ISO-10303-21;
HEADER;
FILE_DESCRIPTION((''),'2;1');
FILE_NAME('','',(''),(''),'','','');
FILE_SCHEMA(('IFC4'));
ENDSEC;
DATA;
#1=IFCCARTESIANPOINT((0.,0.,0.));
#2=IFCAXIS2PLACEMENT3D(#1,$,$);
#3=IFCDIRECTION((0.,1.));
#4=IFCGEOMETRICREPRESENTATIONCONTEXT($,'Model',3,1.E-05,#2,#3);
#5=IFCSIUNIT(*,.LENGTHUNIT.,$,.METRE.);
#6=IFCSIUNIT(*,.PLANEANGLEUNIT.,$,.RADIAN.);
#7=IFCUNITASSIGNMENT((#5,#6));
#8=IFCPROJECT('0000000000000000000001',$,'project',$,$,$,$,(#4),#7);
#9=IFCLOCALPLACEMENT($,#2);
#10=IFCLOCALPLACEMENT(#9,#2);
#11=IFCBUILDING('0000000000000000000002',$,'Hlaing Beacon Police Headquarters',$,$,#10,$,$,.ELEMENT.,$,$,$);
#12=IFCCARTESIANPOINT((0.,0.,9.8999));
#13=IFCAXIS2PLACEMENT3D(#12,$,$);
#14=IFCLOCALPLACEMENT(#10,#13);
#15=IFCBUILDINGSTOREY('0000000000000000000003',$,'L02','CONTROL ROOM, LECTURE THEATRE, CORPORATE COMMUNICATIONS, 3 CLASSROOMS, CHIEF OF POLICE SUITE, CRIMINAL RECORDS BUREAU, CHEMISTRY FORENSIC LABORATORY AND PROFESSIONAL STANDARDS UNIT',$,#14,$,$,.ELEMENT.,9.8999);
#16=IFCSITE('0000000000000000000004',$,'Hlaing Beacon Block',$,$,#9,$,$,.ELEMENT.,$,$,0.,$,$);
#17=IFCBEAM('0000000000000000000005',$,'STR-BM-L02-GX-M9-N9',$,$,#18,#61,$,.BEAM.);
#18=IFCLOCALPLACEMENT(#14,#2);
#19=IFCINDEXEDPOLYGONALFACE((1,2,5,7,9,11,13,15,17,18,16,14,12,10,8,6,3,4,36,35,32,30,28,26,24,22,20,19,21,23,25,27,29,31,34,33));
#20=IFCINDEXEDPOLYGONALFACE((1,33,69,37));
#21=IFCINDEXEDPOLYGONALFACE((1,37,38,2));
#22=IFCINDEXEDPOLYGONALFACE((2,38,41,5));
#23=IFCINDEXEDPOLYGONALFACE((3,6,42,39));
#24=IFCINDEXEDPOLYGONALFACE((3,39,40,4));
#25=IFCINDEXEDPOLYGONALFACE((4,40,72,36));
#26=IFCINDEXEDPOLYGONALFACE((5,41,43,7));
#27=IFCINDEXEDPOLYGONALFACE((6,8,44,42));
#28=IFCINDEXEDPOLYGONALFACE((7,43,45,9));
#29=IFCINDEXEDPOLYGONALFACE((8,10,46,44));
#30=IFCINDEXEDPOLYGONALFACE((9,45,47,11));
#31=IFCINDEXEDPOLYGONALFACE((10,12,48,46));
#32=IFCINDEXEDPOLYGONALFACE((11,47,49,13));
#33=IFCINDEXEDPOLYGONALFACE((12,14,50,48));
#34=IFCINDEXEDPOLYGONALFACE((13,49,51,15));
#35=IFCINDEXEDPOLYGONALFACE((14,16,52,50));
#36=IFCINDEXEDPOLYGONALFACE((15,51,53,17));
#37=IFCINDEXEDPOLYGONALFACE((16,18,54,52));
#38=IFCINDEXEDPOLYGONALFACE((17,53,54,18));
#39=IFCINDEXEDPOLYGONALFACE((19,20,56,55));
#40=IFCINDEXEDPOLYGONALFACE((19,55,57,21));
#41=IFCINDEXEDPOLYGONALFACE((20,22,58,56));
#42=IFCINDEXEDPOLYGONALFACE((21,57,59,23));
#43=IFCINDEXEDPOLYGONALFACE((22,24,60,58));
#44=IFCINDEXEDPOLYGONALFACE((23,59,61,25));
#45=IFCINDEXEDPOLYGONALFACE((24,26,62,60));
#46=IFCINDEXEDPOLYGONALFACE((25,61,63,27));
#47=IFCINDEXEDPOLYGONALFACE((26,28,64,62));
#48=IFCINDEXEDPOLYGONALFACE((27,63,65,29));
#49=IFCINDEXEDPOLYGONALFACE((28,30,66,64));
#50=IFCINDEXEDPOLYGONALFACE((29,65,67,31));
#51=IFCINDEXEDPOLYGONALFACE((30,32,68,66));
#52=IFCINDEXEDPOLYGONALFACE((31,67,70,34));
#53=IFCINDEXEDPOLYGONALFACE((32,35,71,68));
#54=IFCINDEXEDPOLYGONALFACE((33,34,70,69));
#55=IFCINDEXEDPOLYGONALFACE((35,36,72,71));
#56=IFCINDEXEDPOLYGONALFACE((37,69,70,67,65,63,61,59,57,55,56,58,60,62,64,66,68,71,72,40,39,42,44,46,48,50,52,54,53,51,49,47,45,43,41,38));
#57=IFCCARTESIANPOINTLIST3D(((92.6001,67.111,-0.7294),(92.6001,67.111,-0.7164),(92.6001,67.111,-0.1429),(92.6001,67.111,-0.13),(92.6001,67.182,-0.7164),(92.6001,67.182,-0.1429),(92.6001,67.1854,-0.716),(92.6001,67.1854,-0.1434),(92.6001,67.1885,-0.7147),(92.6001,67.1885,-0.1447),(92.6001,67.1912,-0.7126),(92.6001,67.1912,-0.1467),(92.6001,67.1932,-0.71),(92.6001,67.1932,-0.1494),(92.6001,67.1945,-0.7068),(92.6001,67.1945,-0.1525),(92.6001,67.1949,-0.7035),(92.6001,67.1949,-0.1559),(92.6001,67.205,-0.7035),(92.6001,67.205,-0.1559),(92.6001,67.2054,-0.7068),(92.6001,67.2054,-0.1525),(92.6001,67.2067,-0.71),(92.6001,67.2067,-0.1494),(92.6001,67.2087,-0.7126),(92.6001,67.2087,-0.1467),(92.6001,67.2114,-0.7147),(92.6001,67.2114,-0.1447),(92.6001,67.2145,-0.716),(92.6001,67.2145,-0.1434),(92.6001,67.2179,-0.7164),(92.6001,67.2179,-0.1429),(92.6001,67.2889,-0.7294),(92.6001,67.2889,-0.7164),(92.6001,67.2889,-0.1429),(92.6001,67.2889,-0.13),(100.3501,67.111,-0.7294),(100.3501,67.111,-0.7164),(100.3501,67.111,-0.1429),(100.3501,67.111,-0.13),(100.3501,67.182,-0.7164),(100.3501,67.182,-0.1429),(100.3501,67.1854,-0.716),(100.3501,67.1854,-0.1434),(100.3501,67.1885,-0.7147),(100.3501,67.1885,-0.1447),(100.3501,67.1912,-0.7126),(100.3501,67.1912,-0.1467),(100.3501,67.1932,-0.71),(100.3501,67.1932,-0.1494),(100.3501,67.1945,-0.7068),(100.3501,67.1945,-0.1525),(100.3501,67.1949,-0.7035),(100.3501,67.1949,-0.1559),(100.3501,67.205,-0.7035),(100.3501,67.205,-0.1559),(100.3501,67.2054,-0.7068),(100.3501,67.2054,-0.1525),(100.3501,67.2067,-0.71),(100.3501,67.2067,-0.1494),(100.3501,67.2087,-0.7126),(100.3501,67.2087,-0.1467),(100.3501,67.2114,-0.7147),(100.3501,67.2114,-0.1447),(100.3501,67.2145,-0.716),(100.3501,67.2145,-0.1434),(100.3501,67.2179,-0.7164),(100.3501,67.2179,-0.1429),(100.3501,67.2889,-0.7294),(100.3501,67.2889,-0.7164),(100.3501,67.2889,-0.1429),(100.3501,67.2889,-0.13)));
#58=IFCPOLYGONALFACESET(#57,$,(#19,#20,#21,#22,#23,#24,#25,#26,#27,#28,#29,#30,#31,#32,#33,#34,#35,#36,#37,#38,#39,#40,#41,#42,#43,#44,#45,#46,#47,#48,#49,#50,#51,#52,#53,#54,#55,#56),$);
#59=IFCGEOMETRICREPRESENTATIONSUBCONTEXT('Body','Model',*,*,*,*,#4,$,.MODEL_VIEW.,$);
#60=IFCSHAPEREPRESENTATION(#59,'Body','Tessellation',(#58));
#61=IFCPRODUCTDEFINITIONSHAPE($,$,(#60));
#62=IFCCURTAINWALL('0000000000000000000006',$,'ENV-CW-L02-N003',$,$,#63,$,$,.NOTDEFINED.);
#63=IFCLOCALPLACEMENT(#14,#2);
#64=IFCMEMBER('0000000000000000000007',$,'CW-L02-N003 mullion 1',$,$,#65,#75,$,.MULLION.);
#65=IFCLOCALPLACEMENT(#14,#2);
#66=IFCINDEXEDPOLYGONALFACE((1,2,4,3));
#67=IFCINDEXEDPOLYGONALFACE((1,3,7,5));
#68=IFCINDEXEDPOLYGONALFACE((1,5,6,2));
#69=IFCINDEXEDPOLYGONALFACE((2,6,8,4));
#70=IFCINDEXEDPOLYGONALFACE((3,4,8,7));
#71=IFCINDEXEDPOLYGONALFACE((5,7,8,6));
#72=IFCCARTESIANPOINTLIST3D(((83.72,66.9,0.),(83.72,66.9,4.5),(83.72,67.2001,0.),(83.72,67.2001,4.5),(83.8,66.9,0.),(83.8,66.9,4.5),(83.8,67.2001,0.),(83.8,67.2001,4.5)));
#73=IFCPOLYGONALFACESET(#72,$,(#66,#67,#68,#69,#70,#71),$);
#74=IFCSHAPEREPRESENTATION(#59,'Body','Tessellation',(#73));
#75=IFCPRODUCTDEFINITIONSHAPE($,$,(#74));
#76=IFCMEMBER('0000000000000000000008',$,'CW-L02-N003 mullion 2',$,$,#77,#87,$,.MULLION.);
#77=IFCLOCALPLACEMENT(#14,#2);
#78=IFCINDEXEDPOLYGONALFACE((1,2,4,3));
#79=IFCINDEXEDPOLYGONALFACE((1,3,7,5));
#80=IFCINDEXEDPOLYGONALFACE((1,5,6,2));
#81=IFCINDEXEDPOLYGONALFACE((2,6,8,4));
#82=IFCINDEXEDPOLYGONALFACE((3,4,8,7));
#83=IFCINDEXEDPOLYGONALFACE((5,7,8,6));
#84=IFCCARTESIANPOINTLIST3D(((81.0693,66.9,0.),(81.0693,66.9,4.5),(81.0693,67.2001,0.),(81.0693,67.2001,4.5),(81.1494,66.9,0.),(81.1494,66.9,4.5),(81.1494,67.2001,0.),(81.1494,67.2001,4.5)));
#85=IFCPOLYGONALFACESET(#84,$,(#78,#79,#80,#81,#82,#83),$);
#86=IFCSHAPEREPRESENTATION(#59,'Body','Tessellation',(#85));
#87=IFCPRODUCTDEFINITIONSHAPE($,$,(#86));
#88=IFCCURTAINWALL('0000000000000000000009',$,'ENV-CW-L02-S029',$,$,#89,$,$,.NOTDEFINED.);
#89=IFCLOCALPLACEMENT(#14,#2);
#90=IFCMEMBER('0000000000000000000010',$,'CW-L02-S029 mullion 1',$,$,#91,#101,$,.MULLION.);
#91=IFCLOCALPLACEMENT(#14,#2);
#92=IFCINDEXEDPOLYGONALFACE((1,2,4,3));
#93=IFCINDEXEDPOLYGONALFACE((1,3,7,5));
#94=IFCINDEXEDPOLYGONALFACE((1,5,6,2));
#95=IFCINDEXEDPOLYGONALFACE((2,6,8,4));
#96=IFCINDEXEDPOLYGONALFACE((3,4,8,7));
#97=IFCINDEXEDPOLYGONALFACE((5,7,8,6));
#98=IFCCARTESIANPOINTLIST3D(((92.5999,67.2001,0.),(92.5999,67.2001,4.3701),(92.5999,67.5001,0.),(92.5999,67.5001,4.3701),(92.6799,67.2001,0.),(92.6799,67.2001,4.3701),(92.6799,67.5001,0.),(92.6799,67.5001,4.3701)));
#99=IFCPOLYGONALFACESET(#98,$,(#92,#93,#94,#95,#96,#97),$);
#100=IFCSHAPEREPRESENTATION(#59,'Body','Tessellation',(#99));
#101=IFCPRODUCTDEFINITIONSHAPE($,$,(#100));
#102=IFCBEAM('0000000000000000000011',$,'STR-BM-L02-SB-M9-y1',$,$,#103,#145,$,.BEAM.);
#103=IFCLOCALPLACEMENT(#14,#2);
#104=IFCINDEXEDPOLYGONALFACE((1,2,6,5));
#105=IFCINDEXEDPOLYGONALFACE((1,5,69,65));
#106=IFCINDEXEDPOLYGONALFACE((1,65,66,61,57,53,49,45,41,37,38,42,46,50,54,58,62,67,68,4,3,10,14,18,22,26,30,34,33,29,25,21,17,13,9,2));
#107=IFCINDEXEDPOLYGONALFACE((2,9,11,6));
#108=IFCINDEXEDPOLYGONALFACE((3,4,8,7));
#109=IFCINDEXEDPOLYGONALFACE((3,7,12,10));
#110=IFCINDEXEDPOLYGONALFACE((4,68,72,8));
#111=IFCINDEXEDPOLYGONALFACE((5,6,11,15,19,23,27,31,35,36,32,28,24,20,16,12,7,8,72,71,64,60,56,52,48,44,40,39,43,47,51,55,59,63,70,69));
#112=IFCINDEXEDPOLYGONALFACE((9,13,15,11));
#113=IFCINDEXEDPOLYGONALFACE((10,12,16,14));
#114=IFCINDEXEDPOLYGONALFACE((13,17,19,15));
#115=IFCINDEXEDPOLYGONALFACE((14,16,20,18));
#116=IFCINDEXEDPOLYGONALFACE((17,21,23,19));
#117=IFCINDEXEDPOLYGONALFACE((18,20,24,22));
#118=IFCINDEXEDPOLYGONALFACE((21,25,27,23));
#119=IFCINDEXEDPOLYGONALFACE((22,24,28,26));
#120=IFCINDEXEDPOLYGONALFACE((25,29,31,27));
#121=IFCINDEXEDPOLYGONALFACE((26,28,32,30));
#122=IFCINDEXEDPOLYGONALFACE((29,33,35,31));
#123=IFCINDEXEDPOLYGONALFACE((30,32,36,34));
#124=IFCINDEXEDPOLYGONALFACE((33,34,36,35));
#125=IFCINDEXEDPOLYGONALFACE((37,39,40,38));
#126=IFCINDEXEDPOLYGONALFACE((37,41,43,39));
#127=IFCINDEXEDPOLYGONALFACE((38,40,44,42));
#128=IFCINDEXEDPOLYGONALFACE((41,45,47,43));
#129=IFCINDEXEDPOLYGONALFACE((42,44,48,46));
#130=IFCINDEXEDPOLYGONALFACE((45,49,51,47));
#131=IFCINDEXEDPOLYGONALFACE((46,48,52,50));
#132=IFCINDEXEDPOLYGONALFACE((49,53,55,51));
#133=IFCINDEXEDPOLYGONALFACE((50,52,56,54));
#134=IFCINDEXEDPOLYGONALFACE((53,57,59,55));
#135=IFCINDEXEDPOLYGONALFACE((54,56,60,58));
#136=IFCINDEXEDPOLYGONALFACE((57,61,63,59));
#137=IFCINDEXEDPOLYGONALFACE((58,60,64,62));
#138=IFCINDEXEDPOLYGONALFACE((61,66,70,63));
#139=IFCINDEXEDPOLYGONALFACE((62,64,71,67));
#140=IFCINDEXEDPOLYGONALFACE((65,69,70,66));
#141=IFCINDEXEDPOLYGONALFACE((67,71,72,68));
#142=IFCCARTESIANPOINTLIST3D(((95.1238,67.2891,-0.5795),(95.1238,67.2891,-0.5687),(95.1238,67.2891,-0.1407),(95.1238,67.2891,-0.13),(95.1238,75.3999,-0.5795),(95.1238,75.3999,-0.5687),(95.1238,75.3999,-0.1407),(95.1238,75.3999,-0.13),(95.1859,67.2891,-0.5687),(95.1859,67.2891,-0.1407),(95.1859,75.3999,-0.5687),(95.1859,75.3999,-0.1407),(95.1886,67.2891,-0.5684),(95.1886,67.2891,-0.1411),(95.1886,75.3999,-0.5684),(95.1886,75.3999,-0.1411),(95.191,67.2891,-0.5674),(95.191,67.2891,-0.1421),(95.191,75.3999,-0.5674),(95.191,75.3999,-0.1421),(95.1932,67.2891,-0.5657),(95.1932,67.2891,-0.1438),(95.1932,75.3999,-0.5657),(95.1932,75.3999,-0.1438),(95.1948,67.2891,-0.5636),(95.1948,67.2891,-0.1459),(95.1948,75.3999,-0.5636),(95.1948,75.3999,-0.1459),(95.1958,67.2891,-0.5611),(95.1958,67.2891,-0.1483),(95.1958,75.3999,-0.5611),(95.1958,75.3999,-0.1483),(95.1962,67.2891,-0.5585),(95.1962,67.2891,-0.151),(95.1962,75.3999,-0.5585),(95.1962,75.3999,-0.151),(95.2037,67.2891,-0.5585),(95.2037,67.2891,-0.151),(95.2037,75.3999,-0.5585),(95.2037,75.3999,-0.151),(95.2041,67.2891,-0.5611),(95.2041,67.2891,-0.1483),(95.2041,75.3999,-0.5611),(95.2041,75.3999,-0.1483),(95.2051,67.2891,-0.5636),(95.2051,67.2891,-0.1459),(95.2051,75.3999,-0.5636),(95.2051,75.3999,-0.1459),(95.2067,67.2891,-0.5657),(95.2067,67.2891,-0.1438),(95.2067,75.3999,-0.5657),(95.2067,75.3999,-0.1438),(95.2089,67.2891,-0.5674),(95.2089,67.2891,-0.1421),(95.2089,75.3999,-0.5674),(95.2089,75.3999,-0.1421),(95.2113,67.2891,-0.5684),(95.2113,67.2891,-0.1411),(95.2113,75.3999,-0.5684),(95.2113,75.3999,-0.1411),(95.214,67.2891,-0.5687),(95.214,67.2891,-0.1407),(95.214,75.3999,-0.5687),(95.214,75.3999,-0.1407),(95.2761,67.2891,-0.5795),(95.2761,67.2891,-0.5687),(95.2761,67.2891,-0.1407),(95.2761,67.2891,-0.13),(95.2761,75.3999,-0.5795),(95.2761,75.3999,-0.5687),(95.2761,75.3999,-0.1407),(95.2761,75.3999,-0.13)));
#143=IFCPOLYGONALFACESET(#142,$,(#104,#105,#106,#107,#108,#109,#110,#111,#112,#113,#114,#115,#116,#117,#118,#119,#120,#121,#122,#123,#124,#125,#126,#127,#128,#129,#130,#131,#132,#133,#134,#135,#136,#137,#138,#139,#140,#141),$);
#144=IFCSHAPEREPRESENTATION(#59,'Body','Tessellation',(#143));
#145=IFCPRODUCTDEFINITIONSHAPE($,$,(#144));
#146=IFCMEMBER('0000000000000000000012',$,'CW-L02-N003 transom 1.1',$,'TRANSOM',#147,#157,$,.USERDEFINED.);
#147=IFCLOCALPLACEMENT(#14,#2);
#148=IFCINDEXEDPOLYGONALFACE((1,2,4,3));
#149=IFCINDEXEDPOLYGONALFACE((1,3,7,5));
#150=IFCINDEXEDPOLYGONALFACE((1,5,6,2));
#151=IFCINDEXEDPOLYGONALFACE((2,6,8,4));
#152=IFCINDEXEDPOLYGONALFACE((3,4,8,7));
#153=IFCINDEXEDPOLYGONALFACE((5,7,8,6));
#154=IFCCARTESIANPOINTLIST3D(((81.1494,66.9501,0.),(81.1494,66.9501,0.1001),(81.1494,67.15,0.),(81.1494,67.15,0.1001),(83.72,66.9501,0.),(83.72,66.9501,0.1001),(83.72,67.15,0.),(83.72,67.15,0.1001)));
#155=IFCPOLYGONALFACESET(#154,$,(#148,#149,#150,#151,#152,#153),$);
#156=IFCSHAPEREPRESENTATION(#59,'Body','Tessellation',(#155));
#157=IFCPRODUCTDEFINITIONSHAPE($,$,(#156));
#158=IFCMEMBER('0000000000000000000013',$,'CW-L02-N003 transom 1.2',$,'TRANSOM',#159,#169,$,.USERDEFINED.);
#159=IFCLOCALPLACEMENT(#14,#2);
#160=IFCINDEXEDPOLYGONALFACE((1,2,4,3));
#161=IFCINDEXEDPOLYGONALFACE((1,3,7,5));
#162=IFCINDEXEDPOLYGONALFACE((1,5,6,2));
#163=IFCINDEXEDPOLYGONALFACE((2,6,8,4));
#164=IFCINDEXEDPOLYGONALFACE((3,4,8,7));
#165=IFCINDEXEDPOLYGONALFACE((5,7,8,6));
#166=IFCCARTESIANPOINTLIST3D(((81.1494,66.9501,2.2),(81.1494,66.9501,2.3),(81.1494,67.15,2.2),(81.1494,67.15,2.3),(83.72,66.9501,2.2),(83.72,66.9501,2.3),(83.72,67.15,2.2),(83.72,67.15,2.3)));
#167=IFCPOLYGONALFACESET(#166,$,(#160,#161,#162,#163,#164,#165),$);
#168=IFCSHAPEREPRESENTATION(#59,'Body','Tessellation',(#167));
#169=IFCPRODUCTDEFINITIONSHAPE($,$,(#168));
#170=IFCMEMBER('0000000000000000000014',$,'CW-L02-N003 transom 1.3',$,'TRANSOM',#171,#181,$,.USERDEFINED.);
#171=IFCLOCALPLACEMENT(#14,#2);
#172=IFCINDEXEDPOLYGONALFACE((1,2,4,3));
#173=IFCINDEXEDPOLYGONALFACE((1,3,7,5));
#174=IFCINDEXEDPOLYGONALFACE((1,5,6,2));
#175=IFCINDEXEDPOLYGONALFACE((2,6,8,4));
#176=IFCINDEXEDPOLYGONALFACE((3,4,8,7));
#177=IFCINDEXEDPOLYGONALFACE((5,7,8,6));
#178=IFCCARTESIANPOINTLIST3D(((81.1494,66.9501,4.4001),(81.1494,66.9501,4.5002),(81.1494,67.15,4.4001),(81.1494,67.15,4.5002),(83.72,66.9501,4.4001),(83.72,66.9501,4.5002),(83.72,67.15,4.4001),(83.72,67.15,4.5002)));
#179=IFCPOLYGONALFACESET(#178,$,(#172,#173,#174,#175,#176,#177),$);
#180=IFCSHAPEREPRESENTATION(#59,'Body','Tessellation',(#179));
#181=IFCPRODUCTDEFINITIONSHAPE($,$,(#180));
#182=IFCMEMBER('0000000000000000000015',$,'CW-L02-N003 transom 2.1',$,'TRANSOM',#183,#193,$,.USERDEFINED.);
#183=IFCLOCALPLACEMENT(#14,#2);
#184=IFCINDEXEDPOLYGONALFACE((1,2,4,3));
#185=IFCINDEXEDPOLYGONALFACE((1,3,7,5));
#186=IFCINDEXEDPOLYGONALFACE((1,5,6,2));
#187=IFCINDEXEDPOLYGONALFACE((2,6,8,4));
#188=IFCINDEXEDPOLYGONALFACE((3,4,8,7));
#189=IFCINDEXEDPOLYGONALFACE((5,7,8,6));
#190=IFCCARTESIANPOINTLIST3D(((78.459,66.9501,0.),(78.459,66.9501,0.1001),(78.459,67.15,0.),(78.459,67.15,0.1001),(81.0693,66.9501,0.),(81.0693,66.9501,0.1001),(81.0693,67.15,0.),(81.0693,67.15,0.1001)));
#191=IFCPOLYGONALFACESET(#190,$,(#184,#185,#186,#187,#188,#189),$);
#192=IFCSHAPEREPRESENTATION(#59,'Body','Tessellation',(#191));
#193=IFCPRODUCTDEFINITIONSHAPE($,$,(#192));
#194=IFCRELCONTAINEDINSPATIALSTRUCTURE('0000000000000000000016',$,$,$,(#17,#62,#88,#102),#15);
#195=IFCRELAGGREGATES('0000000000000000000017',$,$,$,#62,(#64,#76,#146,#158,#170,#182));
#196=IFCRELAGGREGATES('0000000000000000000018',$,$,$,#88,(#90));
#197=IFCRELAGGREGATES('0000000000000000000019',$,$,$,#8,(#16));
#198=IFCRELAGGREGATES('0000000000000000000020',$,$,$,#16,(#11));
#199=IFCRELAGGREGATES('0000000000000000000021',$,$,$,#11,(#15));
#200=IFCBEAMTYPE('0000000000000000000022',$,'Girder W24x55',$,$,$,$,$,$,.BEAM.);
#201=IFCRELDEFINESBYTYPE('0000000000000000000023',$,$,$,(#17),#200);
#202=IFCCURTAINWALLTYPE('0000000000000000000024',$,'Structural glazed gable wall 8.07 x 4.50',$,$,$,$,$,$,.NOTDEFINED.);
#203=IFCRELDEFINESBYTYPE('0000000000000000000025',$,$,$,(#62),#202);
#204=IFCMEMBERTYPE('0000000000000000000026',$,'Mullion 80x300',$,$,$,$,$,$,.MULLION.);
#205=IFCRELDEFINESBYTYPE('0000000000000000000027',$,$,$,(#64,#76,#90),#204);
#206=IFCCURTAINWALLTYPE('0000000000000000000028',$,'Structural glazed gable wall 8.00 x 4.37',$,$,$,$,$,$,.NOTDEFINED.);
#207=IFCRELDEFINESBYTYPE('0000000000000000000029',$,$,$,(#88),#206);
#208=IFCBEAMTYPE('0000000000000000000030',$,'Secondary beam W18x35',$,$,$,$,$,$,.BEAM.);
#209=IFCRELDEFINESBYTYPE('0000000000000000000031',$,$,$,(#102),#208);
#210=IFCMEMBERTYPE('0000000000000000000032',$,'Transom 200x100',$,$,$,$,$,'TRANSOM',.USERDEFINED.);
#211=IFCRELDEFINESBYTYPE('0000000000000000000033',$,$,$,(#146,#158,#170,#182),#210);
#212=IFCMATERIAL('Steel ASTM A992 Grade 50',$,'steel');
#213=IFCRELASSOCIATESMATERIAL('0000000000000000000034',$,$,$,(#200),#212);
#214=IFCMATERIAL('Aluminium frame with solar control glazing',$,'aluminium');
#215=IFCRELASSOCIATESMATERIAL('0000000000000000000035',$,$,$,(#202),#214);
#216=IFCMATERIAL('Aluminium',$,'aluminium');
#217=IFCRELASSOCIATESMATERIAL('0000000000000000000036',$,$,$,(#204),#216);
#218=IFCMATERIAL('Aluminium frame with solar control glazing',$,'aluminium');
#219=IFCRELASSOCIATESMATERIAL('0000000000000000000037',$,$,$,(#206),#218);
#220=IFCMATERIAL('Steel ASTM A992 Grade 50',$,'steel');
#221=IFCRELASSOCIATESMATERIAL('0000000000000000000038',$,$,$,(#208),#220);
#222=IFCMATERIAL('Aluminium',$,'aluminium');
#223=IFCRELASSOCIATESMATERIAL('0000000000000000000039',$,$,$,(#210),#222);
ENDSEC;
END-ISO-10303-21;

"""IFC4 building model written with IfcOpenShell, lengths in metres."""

from ifc_helpers import new_model, si_unit, direction, frame, origin, origin_2d, place, context, subcontext, project, spatial, rectangle, i_section, extrude, material, material_profile, profile_set, type_object, element, aggregate, save


model = new_model("IFC4")

# Units and contexts
model_context = context("Model", 3, precision=1e-05, world=origin(), true_north=direction((0.0, 1.0)))
body_context = subcontext(model_context, "Body", "Model", "MODEL_VIEW")
ifc_project = project(units=[si_unit("LENGTHUNIT", "METRE"), si_unit("PLANEANGLEUNIT", "RADIAN")], contexts=[model_context])

# Site, building, storey
site_placement = place(None, origin())
site = spatial("IfcSite", under=ifc_project, at=site_placement, Name="Hlaing Beacon Block", CompositionType="ELEMENT", RefElevation=0.0)
building_placement = place(site_placement, origin())
building = spatial("IfcBuilding", under=site, at=building_placement, Name="Hlaing Beacon Police Headquarters", CompositionType="ELEMENT")
storey_placement = place(building_placement, frame((0.0, 0.0, 9.8999)))
storey = spatial("IfcBuildingStorey", under=building, at=storey_placement, Name="L02", Description="CONTROL ROOM, LECTURE THEATRE, CORPORATE COMMUNICATIONS, 3 CLASSROOMS, CHIEF OF POLICE SUITE, CRIMINAL RECORDS BUREAU, CHEMISTRY FORENSIC LABORATORY AND PROFESSIONAL STANDARDS UNIT", CompositionType="ELEMENT", Elevation=9.8999)

# Beam
ifc_material_1 = material(Name="Steel ASTM A992 Grade 50", Category="steel")
ifc_material_profile_1 = material_profile(ifc_material_1, i_section(OverallWidth=0.178, OverallDepth=0.5994, WebThickness=0.01, FlangeThickness=0.0129, FilletRadius=0.0129, at=origin_2d()), Name="W24x55")
ifc_profile_set_1 = profile_set([ifc_material_profile_1], Name="Steel ASTM A992 Grade 50")
beam_type_1 = type_object("IfcBeamType", Name="Girder W24x55", PredefinedType="BEAM", material=ifc_profile_set_1)
beam_1_placement = place(storey_placement, frame((92.6001, 67.2, -0.4297), z_axis=(1.0, 0.0, 0.0), x_axis=(0.0, 1.0, 0.0)))
element("IfcBeam", 1, at=beam_1_placement, inside=storey, type_object=beam_type_1, Name="STR-BM-L02-GX-M9-N9", PredefinedType="BEAM", context=body_context, shape_type="SweptSolid", body=[
    extrude(i_section(OverallWidth=0.178, OverallDepth=0.5994, WebThickness=0.01, FlangeThickness=0.0129, FilletRadius=0.0129, at=origin_2d()), origin(), (0.0, 0.0, 1.0), 7.75),
])

# Curtain wall, members
ifc_material_2 = material(Name="Aluminium frame with solar control glazing", Category="aluminium")
curtain_wall_type_1 = type_object("IfcCurtainWallType", Name="Structural glazed gable wall 8.07 x 4.50", PredefinedType="NOTDEFINED", material=ifc_material_2)
curtain_wall_1_placement = place(storey_placement, origin())
curtain_wall_1 = element("IfcCurtainWall", 2, at=curtain_wall_1_placement, inside=storey, type_object=curtain_wall_type_1, Name="ENV-CW-L02-N003", PredefinedType="NOTDEFINED")
ifc_material_3 = material(Name="Aluminium", Category="aluminium")
ifc_material_profile_2 = material_profile(ifc_material_3, rectangle(XDim=0.3, YDim=0.0801, at=origin_2d()), Name="Mullion 80x300")
ifc_profile_set_2 = profile_set([ifc_material_profile_2], Name="Aluminium")
member_type_1 = type_object("IfcMemberType", Name="Mullion 80x300", PredefinedType="MULLION", material=ifc_profile_set_2)
member_1_placement = place(storey_placement, frame((83.76, 67.05, 0.0), z_axis=(0.0, 0.0, 1.0), x_axis=(0.0, -1.0, 0.0)))
member_1 = element("IfcMember", 3, at=member_1_placement, type_object=member_type_1, Name="CW-L02-N003 mullion 1", PredefinedType="MULLION", context=body_context, shape_type="SweptSolid", body=[
    extrude(rectangle(XDim=0.3, YDim=0.0801, at=origin_2d()), origin(), (0.0, 0.0, 1.0), 4.5),
])
member_2_placement = place(storey_placement, frame((81.1094, 67.05, 0.0), z_axis=(0.0, 0.0, 1.0), x_axis=(0.0, -1.0, 0.0)))
member_2 = element("IfcMember", 4, at=member_2_placement, type_object=member_type_1, Name="CW-L02-N003 mullion 2", PredefinedType="MULLION", context=body_context, shape_type="SweptSolid", body=[
    extrude(rectangle(XDim=0.3, YDim=0.0801, at=origin_2d()), origin(), (0.0, 0.0, 1.0), 4.5),
])

# Curtain wall, member
ifc_material_4 = material(Name="Aluminium frame with solar control glazing", Category="aluminium")
curtain_wall_type_2 = type_object("IfcCurtainWallType", Name="Structural glazed gable wall 8.00 x 4.37", PredefinedType="NOTDEFINED", material=ifc_material_4)
curtain_wall_2_placement = place(storey_placement, origin())
curtain_wall_2 = element("IfcCurtainWall", 5, at=curtain_wall_2_placement, inside=storey, type_object=curtain_wall_type_2, Name="ENV-CW-L02-S029", PredefinedType="NOTDEFINED")
member_3_placement = place(storey_placement, frame((92.6399, 67.3501, 0.0), z_axis=(0.0, 0.0, 1.0), x_axis=(0.0, 1.0, 0.0)))
member_3 = element("IfcMember", 6, at=member_3_placement, type_object=member_type_1, Name="CW-L02-S029 mullion 1", PredefinedType="MULLION", context=body_context, shape_type="SweptSolid", body=[
    extrude(rectangle(XDim=0.3, YDim=0.0801, at=origin_2d()), origin(), (0.0, 0.0, 1.0), 4.3701),
])

# Beam
ifc_material_5 = material(Name="Steel ASTM A992 Grade 50", Category="steel")
ifc_material_profile_3 = material_profile(ifc_material_5, i_section(OverallWidth=0.1523, OverallDepth=0.4495, WebThickness=0.0076, FlangeThickness=0.0107, FilletRadius=0.0103, at=origin_2d()), Name="W18x35")
ifc_profile_set_3 = profile_set([ifc_material_profile_3], Name="Steel ASTM A992 Grade 50")
beam_type_2 = type_object("IfcBeamType", Name="Secondary beam W18x35", PredefinedType="BEAM", material=ifc_profile_set_3)
beam_2_placement = place(storey_placement, frame((95.2, 67.2891, -0.3547), z_axis=(0.0, 1.0, 0.0), x_axis=(-1.0, 0.0, 0.0)))
element("IfcBeam", 7, at=beam_2_placement, inside=storey, type_object=beam_type_2, Name="STR-BM-L02-SB-M9-y1", PredefinedType="BEAM", context=body_context, shape_type="SweptSolid", body=[
    extrude(i_section(OverallWidth=0.1523, OverallDepth=0.4495, WebThickness=0.0076, FlangeThickness=0.0107, FilletRadius=0.0103, at=origin_2d()), origin(), (0.0, 0.0, 1.0), 8.1108),
])

# Members
ifc_material_6 = material(Name="Aluminium", Category="aluminium")
ifc_material_profile_4 = material_profile(ifc_material_6, rectangle(XDim=0.2, YDim=0.1001, at=origin_2d()), Name="Transom 200x100")
ifc_profile_set_4 = profile_set([ifc_material_profile_4], Name="Aluminium")
member_type_2 = type_object("IfcMemberType", Name="Transom 200x100", ElementType="TRANSOM", PredefinedType="USERDEFINED", material=ifc_profile_set_4)
member_4_placement = place(storey_placement, frame((83.72, 67.05, 0.05), z_axis=(-1.0, 0.0, 0.0), x_axis=(0.0, -1.0, 0.0)))
member_4 = element("IfcMember", 8, at=member_4_placement, type_object=member_type_2, Name="CW-L02-N003 transom 1.1", ObjectType="TRANSOM", PredefinedType="USERDEFINED", context=body_context, shape_type="SweptSolid", body=[
    extrude(rectangle(XDim=0.2, YDim=0.1001, at=origin_2d()), origin(), (0.0, 0.0, 1.0), 2.5706),
])
member_5_placement = place(storey_placement, frame((83.72, 67.05, 2.25), z_axis=(-1.0, 0.0, 0.0), x_axis=(0.0, -1.0, 0.0)))
member_5 = element("IfcMember", 9, at=member_5_placement, type_object=member_type_2, Name="CW-L02-N003 transom 1.2", ObjectType="TRANSOM", PredefinedType="USERDEFINED", context=body_context, shape_type="SweptSolid", body=[
    extrude(rectangle(XDim=0.2, YDim=0.1001, at=origin_2d()), origin(), (0.0, 0.0, 1.0), 2.5706),
])
member_6_placement = place(storey_placement, frame((83.72, 67.05, 4.4502), z_axis=(-1.0, 0.0, 0.0), x_axis=(0.0, -1.0, 0.0)))
member_6 = element("IfcMember", 10, at=member_6_placement, type_object=member_type_2, Name="CW-L02-N003 transom 1.3", ObjectType="TRANSOM", PredefinedType="USERDEFINED", context=body_context, shape_type="SweptSolid", body=[
    extrude(rectangle(XDim=0.2, YDim=0.1001, at=origin_2d()), origin(), (0.0, 0.0, 1.0), 2.5706),
])
member_7_placement = place(storey_placement, frame((81.0693, 67.05, 0.05), z_axis=(-1.0, 0.0, 0.0), x_axis=(0.0, -1.0, 0.0)))
member_7 = element("IfcMember", 11, at=member_7_placement, type_object=member_type_2, Name="CW-L02-N003 transom 2.1", ObjectType="TRANSOM", PredefinedType="USERDEFINED", context=body_context, shape_type="SweptSolid", body=[
    extrude(rectangle(XDim=0.2, YDim=0.1001, at=origin_2d()), origin(), (0.0, 0.0, 1.0), 2.6104),
])

aggregate(curtain_wall_1, [member_1, member_2, member_4, member_5, member_6, member_7])
aggregate(curtain_wall_2, [member_3])

save(model, "model.ifc")
